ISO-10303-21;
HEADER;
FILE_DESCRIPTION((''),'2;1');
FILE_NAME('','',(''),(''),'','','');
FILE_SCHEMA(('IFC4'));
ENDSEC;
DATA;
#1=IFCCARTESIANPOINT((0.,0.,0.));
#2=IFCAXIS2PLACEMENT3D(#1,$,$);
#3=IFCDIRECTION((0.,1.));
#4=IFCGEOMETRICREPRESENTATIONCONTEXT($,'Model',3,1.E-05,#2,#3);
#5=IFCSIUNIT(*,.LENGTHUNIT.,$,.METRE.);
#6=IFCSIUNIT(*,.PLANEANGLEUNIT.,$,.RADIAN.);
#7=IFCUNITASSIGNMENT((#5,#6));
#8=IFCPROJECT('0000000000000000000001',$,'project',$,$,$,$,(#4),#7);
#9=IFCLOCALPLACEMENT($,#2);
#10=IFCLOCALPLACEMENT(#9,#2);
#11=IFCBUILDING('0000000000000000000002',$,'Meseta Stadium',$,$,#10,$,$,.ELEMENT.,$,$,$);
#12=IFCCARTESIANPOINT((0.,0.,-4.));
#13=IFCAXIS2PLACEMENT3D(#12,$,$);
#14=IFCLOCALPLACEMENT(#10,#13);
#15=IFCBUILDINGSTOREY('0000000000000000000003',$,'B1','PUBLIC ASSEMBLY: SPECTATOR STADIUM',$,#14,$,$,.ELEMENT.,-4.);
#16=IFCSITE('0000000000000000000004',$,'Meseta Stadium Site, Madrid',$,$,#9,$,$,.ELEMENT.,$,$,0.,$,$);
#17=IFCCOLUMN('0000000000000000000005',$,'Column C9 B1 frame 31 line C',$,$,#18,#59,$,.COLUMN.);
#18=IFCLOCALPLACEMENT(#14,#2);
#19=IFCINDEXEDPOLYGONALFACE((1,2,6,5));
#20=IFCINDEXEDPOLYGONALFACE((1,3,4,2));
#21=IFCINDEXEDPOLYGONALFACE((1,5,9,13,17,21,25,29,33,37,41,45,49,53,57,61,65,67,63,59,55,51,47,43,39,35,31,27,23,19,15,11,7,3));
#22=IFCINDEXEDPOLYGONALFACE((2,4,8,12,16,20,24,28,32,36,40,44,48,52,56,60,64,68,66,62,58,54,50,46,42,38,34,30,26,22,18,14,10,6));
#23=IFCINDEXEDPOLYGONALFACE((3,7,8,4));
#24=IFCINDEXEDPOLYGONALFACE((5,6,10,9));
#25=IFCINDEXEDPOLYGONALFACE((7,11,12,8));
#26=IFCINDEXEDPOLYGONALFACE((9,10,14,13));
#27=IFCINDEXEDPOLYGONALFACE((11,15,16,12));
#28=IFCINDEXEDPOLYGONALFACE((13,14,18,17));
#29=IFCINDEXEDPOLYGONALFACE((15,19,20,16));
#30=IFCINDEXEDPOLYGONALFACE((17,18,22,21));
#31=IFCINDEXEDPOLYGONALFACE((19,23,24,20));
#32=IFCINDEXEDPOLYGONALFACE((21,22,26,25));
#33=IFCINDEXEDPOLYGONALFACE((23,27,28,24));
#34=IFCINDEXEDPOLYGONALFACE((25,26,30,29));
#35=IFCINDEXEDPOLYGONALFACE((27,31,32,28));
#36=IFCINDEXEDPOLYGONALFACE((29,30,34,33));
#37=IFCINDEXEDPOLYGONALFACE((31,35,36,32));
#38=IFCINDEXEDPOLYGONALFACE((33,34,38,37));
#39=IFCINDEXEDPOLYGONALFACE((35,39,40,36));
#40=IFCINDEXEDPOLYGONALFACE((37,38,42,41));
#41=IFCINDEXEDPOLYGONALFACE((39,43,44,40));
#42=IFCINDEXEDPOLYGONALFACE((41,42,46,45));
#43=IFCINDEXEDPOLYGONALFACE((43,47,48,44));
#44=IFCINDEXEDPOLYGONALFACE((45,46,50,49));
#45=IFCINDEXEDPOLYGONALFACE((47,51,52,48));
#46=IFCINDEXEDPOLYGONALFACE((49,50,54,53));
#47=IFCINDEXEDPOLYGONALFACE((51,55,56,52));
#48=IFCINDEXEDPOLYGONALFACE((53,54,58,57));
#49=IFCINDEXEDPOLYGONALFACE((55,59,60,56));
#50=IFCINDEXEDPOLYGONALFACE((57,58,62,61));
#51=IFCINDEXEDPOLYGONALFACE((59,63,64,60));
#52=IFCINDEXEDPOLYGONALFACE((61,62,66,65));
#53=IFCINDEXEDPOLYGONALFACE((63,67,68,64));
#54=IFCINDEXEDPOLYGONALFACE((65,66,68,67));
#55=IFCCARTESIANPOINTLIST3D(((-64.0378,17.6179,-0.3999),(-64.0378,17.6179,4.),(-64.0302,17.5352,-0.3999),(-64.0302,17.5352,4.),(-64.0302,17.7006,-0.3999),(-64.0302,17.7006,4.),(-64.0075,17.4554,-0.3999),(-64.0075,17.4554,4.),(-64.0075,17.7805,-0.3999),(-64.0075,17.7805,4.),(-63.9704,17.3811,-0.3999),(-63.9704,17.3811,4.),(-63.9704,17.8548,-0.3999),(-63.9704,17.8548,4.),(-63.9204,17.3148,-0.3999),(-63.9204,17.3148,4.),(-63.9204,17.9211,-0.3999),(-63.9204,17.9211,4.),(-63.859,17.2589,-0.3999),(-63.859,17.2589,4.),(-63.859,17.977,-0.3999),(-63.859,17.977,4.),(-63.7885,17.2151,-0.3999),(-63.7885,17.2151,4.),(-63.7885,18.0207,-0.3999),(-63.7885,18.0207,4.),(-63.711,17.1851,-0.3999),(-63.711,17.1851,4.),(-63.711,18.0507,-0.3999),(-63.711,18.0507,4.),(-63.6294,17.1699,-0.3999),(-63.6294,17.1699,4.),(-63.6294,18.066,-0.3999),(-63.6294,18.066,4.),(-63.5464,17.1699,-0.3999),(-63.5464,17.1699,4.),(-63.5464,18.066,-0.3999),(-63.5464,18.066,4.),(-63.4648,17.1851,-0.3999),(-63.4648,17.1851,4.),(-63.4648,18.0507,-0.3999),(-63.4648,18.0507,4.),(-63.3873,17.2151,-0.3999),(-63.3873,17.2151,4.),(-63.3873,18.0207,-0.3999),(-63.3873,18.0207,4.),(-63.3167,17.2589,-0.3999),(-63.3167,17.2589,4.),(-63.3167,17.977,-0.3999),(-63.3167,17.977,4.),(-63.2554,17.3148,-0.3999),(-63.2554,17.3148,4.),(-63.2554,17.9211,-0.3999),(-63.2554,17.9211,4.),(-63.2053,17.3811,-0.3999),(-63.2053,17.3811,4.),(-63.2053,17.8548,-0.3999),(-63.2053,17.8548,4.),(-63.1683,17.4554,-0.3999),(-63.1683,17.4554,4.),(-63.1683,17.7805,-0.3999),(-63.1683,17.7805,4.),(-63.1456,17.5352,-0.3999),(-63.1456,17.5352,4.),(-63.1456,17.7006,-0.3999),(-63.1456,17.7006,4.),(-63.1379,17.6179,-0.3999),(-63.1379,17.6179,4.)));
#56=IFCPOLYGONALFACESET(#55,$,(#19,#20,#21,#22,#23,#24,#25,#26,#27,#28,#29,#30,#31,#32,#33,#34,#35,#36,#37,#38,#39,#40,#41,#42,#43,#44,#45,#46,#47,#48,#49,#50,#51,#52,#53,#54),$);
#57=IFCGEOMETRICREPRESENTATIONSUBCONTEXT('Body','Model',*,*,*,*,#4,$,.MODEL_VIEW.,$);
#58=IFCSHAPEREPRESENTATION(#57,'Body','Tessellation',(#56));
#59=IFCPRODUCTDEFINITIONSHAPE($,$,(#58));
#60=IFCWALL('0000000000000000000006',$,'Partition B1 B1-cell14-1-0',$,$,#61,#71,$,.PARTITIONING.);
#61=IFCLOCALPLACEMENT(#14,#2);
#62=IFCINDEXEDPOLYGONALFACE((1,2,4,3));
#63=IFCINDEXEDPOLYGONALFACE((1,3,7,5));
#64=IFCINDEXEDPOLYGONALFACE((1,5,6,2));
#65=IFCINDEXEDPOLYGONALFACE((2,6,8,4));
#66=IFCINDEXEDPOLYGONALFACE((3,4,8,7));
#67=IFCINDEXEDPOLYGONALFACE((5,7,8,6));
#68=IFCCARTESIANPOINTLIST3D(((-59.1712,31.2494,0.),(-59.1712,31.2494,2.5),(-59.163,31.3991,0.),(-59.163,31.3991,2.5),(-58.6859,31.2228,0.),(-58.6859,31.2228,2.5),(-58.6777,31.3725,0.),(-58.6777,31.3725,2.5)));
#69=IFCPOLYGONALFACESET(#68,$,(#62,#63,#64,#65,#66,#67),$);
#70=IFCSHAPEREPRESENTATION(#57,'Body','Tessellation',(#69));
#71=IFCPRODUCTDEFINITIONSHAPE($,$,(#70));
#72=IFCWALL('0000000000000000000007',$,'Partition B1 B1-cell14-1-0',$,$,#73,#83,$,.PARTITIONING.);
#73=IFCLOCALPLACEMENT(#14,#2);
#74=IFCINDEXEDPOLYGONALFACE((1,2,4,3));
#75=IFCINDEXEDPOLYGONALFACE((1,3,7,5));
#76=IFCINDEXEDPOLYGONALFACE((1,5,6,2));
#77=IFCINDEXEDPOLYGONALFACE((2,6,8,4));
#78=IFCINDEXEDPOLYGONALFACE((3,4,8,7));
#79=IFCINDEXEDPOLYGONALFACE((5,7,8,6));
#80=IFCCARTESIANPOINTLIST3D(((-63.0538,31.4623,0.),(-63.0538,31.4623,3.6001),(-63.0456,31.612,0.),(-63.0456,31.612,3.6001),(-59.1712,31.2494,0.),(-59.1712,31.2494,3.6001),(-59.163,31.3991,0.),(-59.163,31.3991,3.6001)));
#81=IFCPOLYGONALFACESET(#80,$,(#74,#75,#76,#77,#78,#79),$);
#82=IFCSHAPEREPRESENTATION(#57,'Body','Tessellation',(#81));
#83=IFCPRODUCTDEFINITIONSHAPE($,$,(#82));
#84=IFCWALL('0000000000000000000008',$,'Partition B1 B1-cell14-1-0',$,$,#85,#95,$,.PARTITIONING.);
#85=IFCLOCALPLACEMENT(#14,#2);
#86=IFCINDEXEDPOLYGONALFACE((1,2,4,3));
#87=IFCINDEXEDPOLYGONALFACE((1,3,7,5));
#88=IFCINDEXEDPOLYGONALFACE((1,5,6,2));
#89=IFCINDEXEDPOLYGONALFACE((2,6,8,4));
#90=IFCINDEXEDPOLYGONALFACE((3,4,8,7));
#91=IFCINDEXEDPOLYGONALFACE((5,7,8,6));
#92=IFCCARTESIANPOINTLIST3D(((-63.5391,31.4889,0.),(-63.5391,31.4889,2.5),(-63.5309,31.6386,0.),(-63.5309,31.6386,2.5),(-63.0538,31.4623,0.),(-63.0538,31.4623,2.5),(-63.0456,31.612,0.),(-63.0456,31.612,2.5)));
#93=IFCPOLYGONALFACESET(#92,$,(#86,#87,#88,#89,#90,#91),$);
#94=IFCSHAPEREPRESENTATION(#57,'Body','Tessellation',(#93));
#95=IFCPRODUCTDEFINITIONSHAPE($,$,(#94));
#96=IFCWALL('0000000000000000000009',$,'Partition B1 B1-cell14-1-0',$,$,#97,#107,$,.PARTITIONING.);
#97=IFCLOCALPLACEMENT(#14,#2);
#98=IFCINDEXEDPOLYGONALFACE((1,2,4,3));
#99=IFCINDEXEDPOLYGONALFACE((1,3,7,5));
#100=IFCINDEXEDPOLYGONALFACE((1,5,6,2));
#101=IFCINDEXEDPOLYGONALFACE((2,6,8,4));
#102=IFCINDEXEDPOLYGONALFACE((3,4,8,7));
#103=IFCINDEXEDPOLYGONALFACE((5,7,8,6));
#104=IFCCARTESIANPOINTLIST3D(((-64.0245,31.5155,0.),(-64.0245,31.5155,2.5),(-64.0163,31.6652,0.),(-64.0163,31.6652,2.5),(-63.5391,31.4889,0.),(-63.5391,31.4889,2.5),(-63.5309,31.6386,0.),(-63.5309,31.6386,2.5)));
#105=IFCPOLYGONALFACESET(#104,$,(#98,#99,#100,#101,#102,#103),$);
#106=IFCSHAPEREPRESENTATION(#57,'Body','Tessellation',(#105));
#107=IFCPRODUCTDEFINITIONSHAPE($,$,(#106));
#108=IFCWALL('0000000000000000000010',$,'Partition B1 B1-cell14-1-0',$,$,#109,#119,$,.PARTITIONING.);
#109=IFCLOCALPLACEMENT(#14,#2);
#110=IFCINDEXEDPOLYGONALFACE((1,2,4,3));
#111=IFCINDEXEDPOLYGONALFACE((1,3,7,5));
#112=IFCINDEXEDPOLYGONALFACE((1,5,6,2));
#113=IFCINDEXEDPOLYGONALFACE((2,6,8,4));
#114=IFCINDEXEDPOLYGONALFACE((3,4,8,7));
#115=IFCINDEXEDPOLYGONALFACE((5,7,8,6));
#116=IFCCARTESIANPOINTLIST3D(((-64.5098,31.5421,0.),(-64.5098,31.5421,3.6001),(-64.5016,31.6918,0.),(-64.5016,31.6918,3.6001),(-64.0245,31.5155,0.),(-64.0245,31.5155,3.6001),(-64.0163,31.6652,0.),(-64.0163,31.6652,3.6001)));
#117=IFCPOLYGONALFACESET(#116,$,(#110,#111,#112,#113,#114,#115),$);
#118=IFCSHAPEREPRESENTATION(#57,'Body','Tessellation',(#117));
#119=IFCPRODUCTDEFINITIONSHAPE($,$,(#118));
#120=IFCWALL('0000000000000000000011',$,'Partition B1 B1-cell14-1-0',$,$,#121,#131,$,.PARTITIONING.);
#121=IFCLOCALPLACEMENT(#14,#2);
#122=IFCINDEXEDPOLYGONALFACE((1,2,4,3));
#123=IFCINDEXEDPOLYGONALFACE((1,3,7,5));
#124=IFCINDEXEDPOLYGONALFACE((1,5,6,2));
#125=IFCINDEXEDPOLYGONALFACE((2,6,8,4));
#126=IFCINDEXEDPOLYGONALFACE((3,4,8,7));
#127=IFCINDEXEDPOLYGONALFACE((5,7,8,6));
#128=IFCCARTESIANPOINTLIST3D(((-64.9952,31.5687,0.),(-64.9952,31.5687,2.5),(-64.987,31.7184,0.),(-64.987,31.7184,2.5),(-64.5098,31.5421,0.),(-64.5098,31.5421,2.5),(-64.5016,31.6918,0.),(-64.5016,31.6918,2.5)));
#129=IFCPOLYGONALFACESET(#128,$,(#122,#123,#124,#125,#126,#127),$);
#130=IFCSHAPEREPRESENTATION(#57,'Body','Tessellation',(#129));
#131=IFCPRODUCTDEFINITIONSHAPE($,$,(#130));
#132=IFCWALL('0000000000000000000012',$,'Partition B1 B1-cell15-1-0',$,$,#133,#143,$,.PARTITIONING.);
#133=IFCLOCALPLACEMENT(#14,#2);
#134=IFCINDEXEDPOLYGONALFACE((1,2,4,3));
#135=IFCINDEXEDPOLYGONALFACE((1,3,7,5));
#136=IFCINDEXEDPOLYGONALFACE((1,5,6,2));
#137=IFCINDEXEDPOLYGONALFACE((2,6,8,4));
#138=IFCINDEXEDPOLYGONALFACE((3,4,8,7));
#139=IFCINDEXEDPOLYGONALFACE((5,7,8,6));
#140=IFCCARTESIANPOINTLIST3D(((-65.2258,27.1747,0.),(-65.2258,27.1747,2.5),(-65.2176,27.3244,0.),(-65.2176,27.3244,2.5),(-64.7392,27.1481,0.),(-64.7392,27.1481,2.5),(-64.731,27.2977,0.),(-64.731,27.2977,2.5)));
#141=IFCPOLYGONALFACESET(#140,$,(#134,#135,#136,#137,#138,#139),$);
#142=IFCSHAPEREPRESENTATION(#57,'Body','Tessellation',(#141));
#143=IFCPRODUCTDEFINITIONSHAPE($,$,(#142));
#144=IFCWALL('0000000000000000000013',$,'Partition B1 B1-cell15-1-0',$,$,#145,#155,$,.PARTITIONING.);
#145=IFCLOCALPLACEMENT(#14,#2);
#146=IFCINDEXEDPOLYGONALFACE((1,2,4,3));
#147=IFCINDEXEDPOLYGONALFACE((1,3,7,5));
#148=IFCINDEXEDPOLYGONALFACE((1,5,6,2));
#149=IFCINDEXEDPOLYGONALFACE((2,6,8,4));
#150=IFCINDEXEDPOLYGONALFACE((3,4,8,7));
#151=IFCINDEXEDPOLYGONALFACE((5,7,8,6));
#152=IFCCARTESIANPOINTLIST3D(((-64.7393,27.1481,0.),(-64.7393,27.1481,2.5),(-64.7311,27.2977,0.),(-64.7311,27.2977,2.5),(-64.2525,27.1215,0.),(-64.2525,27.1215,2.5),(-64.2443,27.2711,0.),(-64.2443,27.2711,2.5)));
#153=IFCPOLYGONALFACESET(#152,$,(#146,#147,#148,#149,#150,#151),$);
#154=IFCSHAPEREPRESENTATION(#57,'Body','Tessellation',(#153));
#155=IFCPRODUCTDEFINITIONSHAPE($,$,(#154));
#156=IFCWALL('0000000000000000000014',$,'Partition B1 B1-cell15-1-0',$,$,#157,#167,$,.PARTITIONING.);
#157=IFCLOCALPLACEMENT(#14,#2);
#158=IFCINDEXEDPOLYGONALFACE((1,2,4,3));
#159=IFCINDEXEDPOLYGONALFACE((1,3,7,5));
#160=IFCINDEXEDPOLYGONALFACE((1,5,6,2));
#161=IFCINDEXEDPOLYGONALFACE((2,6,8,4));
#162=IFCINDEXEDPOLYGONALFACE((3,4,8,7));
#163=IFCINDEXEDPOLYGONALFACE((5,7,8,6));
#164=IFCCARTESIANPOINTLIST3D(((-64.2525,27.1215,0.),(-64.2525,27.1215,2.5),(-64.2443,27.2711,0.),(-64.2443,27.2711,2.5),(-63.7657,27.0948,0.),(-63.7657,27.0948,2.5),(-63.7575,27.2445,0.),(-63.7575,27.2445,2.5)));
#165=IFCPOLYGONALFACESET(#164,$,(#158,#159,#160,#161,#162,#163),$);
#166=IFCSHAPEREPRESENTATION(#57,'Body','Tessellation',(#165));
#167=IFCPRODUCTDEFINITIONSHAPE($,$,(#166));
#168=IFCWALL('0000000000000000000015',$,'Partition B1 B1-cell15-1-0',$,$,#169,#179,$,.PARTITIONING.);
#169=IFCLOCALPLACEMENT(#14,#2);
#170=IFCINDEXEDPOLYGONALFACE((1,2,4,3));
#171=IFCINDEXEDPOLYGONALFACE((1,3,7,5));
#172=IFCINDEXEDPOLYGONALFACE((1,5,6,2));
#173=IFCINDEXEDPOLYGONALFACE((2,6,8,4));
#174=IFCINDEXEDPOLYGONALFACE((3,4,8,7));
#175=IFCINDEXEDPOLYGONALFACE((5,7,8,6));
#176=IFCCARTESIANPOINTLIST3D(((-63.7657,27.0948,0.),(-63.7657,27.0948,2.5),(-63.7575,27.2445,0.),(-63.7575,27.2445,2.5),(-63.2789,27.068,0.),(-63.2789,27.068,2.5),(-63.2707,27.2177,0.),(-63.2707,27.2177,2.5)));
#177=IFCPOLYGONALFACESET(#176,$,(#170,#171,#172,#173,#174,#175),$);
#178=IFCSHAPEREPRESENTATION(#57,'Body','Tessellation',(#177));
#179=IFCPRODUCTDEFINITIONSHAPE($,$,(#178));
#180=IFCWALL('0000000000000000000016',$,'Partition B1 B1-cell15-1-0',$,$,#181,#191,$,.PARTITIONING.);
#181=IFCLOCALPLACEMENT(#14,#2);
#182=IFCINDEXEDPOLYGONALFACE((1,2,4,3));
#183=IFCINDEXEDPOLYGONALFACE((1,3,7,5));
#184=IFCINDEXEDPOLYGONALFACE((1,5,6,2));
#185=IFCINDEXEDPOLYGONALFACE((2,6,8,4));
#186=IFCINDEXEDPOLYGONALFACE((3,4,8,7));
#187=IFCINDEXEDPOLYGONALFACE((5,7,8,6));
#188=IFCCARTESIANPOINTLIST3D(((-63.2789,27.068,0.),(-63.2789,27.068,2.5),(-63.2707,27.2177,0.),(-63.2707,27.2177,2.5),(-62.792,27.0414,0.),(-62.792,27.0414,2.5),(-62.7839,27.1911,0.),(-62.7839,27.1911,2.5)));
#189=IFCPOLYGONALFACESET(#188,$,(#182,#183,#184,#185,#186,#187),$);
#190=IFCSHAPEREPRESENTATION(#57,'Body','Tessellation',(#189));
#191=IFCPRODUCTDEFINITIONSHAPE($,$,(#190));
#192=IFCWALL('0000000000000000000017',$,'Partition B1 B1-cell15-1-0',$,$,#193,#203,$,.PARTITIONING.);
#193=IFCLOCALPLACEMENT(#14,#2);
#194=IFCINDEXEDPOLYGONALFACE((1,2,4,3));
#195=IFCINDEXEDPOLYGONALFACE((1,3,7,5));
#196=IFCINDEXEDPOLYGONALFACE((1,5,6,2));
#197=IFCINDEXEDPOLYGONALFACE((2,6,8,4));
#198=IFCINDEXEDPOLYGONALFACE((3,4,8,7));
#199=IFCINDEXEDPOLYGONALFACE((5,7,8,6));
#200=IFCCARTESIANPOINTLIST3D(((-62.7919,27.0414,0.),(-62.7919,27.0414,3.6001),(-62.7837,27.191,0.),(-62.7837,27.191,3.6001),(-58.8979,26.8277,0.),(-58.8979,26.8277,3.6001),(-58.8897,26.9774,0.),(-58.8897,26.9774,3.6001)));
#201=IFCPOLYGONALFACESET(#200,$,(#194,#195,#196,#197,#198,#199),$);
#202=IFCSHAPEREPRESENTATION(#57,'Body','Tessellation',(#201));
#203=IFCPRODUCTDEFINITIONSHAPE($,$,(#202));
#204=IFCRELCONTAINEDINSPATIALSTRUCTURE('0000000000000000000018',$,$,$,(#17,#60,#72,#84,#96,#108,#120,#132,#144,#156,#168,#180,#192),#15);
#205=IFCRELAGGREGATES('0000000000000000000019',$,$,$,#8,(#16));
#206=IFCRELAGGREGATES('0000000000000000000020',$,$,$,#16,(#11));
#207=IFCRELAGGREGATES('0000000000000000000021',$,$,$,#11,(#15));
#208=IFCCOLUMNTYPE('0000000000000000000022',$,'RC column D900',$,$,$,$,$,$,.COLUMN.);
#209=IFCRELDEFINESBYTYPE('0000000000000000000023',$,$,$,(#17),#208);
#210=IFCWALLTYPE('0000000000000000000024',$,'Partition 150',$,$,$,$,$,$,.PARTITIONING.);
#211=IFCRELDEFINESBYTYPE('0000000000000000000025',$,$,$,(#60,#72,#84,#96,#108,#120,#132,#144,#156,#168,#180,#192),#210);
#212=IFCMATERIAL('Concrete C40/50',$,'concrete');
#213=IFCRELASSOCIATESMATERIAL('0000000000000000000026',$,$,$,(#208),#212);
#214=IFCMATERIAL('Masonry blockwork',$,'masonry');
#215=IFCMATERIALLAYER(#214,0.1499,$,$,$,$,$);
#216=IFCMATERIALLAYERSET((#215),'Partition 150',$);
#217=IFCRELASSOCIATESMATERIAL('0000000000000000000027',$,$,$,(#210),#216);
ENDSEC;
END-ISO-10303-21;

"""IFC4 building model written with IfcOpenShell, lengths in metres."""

from ifc_helpers import new_model, si_unit, direction, frame, frame_2d, origin, origin_2d, place, context, subcontext, project, spatial, rectangle, circle, extrude, material, layer, layer_set, material_profile, profile_set, type_object, element, save


model = new_model("IFC4")

# Units and contexts
model_context = context("Model", 3, precision=1e-05, world=origin(), true_north=direction((0.0, 1.0)))
body_context = subcontext(model_context, "Body", "Model", "MODEL_VIEW")
ifc_project = project(units=[si_unit("LENGTHUNIT", "METRE"), si_unit("PLANEANGLEUNIT", "RADIAN")], contexts=[model_context])

# Site, building, storey
site_placement = place(None, origin())
site = spatial("IfcSite", under=ifc_project, at=site_placement, Name="Meseta Stadium Site, Madrid", CompositionType="ELEMENT", RefElevation=0.0)
building_placement = place(site_placement, origin())
building = spatial("IfcBuilding", under=site, at=building_placement, Name="Meseta Stadium", CompositionType="ELEMENT")
storey_placement = place(building_placement, frame((0.0, 0.0, -4.0)))
storey = spatial("IfcBuildingStorey", under=building, at=storey_placement, Name="B1", Description="PUBLIC ASSEMBLY: SPECTATOR STADIUM", CompositionType="ELEMENT", Elevation=-4.0)

# Column
ifc_material_1 = material(Name="Concrete C40/50", Category="concrete")
ifc_material_profile_1 = material_profile(ifc_material_1, circle(Radius=0.45, at=origin_2d()), Name="RC D900")
ifc_profile_set_1 = profile_set([ifc_material_profile_1], Name="Concrete C40/50")
column_type_1 = type_object("IfcColumnType", Name="RC column D900", PredefinedType="COLUMN", material=ifc_profile_set_1)
for number, where, z_axis, x_axis, name in (
    (1, (-63.5879, 17.6179, -0.3999), (0.0, 0.0, 1.0), (1.0, 0.0, 0.0), "Column C9 B1 frame 31 line C"),
):
    element("IfcColumn", number, at=place(storey_placement, frame(where, z_axis=z_axis, x_axis=x_axis)), inside=storey, type_object=column_type_1, Name=name, PredefinedType="COLUMN", context=body_context, shape_type="SweptSolid", body=[
        extrude(circle(Radius=0.45, at=origin_2d()), origin(), (0.0, 0.0, 1.0), 4.3999),
    ])

# Walls
ifc_material_2 = material(Name="Masonry blockwork", Category="masonry")
ifc_layer = layer(ifc_material_2, 0.1499)
ifc_layer_set = layer_set([ifc_layer], Name="Partition 150")
wall_type = type_object("IfcWallType", Name="Partition 150", PredefinedType="PARTITIONING", material=ifc_layer_set)
wall_1_placement = place(storey_placement, frame((-58.6816, 31.2976, 0.0), z_axis=(0.0, 0.0, 1.0), x_axis=(-0.9985, 0.054747, 0.0)))
element("IfcWall", 2, at=wall_1_placement, inside=storey, type_object=wall_type, Name="Partition B1 B1-cell14-1-0", PredefinedType="PARTITIONING", context=body_context, shape_type="SweptSolid", body=[
    extrude(rectangle(XDim=0.4861, YDim=0.1499, at=frame_2d((0.2432, 0.0))), origin(), (0.0, 0.0, 1.0), 2.5),
])
wall_2_placement = place(storey_placement, frame((-59.167, 31.3242, 0.0), z_axis=(0.0, 0.0, 1.0), x_axis=(-0.9985, 0.05475, 0.0)))
element("IfcWall", 3, at=wall_2_placement, inside=storey, type_object=wall_type, Name="Partition B1 B1-cell14-1-0", PredefinedType="PARTITIONING", context=body_context, shape_type="SweptSolid", body=[
    extrude(rectangle(XDim=3.8884, YDim=0.1499, at=frame_2d((1.9443, 0.0))), origin(), (0.0, 0.0, 1.0), 3.6001),
])
for number, where, z_axis, x_axis, name in (
    (4, (-63.0496, 31.5371, 0.0), (0.0, 0.0, 1.0), (-0.9985, 0.054747, 0.0), "Partition B1 B1-cell14-1-0"),
    (5, (-63.5349, 31.5637, 0.0), (0.0, 0.0, 1.0), (-0.9985, 0.054747, 0.0), "Partition B1 B1-cell14-1-0"),
):
    element("IfcWall", number, at=place(storey_placement, frame(where, z_axis=z_axis, x_axis=x_axis)), inside=storey, type_object=wall_type, Name=name, PredefinedType="PARTITIONING", context=body_context, shape_type="SweptSolid", body=[
        extrude(rectangle(XDim=0.4861, YDim=0.1499, at=frame_2d((0.2432, 0.0))), origin(), (0.0, 0.0, 1.0), 2.5),
    ])
wall_3_placement = place(storey_placement, frame((-64.0203, 31.5903, 0.0), z_axis=(0.0, 0.0, 1.0), x_axis=(-0.9985, 0.054747, 0.0)))
element("IfcWall", 6, at=wall_3_placement, inside=storey, type_object=wall_type, Name="Partition B1 B1-cell14-1-0", PredefinedType="PARTITIONING", context=body_context, shape_type="SweptSolid", body=[
    extrude(rectangle(XDim=0.4861, YDim=0.1499, at=frame_2d((0.2432, 0.0))), origin(), (0.0, 0.0, 1.0), 3.6001),
])
wall_4_placement = place(storey_placement, frame((-64.5056, 31.6169, 0.0), z_axis=(0.0, 0.0, 1.0), x_axis=(-0.9985, 0.054747, 0.0)))
element("IfcWall", 7, at=wall_4_placement, inside=storey, type_object=wall_type, Name="Partition B1 B1-cell14-1-0", PredefinedType="PARTITIONING", context=body_context, shape_type="SweptSolid", body=[
    extrude(rectangle(XDim=0.4861, YDim=0.1499, at=frame_2d((0.2432, 0.0))), origin(), (0.0, 0.0, 1.0), 2.5),
])
wall_5_placement = place(storey_placement, frame((-65.2217, 27.2495, 0.0), z_axis=(0.0, 0.0, 1.0), x_axis=(0.998508, -0.05461, 0.0)))
element("IfcWall", 8, at=wall_5_placement, inside=storey, type_object=wall_type, Name="Partition B1 B1-cell15-1-0", PredefinedType="PARTITIONING", context=body_context, shape_type="SweptSolid", body=[
    extrude(rectangle(XDim=0.4873, YDim=0.1499, at=frame_2d((0.2437, 0.0))), origin(), (0.0, 0.0, 1.0), 2.5),
])
for number, where, z_axis, x_axis, name in (
    (9, (-64.7351, 27.2229, 0.0), (0.0, 0.0, 1.0), (0.998509, -0.054583, 0.0), "Partition B1 B1-cell15-1-0"),
    (10, (-64.2483, 27.1963, 0.0), (0.0, 0.0, 1.0), (0.998509, -0.054583, 0.0), "Partition B1 B1-cell15-1-0"),
    (11, (-63.7615, 27.1697, 0.0), (0.0, 0.0, 1.0), (0.998482, -0.055082, 0.0), "Partition B1 B1-cell15-1-0"),
    (12, (-63.2747, 27.1428, 0.0), (0.0, 0.0, 1.0), (0.998509, -0.054583, 0.0), "Partition B1 B1-cell15-1-0"),
):
    element("IfcWall", number, at=place(storey_placement, frame(where, z_axis=z_axis, x_axis=x_axis)), inside=storey, type_object=wall_type, Name=name, PredefinedType="PARTITIONING", context=body_context, shape_type="SweptSolid", body=[
        extrude(rectangle(XDim=0.4875, YDim=0.1499, at=frame_2d((0.2437, 0.0))), origin(), (0.0, 0.0, 1.0), 2.5),
    ])
wall_6_placement = place(storey_placement, frame((-62.7878, 27.1162, 0.0), z_axis=(0.0, 0.0, 1.0), x_axis=(0.998499, -0.054777, 0.0)))
element("IfcWall", 13, at=wall_6_placement, inside=storey, type_object=wall_type, Name="Partition B1 B1-cell15-1-0", PredefinedType="PARTITIONING", context=body_context, shape_type="SweptSolid", body=[
    extrude(rectangle(XDim=3.8999, YDim=0.1499, at=frame_2d((1.95, 0.0))), origin(), (0.0, 0.0, 1.0), 3.6001),
])

save(model, "model.ifc")
